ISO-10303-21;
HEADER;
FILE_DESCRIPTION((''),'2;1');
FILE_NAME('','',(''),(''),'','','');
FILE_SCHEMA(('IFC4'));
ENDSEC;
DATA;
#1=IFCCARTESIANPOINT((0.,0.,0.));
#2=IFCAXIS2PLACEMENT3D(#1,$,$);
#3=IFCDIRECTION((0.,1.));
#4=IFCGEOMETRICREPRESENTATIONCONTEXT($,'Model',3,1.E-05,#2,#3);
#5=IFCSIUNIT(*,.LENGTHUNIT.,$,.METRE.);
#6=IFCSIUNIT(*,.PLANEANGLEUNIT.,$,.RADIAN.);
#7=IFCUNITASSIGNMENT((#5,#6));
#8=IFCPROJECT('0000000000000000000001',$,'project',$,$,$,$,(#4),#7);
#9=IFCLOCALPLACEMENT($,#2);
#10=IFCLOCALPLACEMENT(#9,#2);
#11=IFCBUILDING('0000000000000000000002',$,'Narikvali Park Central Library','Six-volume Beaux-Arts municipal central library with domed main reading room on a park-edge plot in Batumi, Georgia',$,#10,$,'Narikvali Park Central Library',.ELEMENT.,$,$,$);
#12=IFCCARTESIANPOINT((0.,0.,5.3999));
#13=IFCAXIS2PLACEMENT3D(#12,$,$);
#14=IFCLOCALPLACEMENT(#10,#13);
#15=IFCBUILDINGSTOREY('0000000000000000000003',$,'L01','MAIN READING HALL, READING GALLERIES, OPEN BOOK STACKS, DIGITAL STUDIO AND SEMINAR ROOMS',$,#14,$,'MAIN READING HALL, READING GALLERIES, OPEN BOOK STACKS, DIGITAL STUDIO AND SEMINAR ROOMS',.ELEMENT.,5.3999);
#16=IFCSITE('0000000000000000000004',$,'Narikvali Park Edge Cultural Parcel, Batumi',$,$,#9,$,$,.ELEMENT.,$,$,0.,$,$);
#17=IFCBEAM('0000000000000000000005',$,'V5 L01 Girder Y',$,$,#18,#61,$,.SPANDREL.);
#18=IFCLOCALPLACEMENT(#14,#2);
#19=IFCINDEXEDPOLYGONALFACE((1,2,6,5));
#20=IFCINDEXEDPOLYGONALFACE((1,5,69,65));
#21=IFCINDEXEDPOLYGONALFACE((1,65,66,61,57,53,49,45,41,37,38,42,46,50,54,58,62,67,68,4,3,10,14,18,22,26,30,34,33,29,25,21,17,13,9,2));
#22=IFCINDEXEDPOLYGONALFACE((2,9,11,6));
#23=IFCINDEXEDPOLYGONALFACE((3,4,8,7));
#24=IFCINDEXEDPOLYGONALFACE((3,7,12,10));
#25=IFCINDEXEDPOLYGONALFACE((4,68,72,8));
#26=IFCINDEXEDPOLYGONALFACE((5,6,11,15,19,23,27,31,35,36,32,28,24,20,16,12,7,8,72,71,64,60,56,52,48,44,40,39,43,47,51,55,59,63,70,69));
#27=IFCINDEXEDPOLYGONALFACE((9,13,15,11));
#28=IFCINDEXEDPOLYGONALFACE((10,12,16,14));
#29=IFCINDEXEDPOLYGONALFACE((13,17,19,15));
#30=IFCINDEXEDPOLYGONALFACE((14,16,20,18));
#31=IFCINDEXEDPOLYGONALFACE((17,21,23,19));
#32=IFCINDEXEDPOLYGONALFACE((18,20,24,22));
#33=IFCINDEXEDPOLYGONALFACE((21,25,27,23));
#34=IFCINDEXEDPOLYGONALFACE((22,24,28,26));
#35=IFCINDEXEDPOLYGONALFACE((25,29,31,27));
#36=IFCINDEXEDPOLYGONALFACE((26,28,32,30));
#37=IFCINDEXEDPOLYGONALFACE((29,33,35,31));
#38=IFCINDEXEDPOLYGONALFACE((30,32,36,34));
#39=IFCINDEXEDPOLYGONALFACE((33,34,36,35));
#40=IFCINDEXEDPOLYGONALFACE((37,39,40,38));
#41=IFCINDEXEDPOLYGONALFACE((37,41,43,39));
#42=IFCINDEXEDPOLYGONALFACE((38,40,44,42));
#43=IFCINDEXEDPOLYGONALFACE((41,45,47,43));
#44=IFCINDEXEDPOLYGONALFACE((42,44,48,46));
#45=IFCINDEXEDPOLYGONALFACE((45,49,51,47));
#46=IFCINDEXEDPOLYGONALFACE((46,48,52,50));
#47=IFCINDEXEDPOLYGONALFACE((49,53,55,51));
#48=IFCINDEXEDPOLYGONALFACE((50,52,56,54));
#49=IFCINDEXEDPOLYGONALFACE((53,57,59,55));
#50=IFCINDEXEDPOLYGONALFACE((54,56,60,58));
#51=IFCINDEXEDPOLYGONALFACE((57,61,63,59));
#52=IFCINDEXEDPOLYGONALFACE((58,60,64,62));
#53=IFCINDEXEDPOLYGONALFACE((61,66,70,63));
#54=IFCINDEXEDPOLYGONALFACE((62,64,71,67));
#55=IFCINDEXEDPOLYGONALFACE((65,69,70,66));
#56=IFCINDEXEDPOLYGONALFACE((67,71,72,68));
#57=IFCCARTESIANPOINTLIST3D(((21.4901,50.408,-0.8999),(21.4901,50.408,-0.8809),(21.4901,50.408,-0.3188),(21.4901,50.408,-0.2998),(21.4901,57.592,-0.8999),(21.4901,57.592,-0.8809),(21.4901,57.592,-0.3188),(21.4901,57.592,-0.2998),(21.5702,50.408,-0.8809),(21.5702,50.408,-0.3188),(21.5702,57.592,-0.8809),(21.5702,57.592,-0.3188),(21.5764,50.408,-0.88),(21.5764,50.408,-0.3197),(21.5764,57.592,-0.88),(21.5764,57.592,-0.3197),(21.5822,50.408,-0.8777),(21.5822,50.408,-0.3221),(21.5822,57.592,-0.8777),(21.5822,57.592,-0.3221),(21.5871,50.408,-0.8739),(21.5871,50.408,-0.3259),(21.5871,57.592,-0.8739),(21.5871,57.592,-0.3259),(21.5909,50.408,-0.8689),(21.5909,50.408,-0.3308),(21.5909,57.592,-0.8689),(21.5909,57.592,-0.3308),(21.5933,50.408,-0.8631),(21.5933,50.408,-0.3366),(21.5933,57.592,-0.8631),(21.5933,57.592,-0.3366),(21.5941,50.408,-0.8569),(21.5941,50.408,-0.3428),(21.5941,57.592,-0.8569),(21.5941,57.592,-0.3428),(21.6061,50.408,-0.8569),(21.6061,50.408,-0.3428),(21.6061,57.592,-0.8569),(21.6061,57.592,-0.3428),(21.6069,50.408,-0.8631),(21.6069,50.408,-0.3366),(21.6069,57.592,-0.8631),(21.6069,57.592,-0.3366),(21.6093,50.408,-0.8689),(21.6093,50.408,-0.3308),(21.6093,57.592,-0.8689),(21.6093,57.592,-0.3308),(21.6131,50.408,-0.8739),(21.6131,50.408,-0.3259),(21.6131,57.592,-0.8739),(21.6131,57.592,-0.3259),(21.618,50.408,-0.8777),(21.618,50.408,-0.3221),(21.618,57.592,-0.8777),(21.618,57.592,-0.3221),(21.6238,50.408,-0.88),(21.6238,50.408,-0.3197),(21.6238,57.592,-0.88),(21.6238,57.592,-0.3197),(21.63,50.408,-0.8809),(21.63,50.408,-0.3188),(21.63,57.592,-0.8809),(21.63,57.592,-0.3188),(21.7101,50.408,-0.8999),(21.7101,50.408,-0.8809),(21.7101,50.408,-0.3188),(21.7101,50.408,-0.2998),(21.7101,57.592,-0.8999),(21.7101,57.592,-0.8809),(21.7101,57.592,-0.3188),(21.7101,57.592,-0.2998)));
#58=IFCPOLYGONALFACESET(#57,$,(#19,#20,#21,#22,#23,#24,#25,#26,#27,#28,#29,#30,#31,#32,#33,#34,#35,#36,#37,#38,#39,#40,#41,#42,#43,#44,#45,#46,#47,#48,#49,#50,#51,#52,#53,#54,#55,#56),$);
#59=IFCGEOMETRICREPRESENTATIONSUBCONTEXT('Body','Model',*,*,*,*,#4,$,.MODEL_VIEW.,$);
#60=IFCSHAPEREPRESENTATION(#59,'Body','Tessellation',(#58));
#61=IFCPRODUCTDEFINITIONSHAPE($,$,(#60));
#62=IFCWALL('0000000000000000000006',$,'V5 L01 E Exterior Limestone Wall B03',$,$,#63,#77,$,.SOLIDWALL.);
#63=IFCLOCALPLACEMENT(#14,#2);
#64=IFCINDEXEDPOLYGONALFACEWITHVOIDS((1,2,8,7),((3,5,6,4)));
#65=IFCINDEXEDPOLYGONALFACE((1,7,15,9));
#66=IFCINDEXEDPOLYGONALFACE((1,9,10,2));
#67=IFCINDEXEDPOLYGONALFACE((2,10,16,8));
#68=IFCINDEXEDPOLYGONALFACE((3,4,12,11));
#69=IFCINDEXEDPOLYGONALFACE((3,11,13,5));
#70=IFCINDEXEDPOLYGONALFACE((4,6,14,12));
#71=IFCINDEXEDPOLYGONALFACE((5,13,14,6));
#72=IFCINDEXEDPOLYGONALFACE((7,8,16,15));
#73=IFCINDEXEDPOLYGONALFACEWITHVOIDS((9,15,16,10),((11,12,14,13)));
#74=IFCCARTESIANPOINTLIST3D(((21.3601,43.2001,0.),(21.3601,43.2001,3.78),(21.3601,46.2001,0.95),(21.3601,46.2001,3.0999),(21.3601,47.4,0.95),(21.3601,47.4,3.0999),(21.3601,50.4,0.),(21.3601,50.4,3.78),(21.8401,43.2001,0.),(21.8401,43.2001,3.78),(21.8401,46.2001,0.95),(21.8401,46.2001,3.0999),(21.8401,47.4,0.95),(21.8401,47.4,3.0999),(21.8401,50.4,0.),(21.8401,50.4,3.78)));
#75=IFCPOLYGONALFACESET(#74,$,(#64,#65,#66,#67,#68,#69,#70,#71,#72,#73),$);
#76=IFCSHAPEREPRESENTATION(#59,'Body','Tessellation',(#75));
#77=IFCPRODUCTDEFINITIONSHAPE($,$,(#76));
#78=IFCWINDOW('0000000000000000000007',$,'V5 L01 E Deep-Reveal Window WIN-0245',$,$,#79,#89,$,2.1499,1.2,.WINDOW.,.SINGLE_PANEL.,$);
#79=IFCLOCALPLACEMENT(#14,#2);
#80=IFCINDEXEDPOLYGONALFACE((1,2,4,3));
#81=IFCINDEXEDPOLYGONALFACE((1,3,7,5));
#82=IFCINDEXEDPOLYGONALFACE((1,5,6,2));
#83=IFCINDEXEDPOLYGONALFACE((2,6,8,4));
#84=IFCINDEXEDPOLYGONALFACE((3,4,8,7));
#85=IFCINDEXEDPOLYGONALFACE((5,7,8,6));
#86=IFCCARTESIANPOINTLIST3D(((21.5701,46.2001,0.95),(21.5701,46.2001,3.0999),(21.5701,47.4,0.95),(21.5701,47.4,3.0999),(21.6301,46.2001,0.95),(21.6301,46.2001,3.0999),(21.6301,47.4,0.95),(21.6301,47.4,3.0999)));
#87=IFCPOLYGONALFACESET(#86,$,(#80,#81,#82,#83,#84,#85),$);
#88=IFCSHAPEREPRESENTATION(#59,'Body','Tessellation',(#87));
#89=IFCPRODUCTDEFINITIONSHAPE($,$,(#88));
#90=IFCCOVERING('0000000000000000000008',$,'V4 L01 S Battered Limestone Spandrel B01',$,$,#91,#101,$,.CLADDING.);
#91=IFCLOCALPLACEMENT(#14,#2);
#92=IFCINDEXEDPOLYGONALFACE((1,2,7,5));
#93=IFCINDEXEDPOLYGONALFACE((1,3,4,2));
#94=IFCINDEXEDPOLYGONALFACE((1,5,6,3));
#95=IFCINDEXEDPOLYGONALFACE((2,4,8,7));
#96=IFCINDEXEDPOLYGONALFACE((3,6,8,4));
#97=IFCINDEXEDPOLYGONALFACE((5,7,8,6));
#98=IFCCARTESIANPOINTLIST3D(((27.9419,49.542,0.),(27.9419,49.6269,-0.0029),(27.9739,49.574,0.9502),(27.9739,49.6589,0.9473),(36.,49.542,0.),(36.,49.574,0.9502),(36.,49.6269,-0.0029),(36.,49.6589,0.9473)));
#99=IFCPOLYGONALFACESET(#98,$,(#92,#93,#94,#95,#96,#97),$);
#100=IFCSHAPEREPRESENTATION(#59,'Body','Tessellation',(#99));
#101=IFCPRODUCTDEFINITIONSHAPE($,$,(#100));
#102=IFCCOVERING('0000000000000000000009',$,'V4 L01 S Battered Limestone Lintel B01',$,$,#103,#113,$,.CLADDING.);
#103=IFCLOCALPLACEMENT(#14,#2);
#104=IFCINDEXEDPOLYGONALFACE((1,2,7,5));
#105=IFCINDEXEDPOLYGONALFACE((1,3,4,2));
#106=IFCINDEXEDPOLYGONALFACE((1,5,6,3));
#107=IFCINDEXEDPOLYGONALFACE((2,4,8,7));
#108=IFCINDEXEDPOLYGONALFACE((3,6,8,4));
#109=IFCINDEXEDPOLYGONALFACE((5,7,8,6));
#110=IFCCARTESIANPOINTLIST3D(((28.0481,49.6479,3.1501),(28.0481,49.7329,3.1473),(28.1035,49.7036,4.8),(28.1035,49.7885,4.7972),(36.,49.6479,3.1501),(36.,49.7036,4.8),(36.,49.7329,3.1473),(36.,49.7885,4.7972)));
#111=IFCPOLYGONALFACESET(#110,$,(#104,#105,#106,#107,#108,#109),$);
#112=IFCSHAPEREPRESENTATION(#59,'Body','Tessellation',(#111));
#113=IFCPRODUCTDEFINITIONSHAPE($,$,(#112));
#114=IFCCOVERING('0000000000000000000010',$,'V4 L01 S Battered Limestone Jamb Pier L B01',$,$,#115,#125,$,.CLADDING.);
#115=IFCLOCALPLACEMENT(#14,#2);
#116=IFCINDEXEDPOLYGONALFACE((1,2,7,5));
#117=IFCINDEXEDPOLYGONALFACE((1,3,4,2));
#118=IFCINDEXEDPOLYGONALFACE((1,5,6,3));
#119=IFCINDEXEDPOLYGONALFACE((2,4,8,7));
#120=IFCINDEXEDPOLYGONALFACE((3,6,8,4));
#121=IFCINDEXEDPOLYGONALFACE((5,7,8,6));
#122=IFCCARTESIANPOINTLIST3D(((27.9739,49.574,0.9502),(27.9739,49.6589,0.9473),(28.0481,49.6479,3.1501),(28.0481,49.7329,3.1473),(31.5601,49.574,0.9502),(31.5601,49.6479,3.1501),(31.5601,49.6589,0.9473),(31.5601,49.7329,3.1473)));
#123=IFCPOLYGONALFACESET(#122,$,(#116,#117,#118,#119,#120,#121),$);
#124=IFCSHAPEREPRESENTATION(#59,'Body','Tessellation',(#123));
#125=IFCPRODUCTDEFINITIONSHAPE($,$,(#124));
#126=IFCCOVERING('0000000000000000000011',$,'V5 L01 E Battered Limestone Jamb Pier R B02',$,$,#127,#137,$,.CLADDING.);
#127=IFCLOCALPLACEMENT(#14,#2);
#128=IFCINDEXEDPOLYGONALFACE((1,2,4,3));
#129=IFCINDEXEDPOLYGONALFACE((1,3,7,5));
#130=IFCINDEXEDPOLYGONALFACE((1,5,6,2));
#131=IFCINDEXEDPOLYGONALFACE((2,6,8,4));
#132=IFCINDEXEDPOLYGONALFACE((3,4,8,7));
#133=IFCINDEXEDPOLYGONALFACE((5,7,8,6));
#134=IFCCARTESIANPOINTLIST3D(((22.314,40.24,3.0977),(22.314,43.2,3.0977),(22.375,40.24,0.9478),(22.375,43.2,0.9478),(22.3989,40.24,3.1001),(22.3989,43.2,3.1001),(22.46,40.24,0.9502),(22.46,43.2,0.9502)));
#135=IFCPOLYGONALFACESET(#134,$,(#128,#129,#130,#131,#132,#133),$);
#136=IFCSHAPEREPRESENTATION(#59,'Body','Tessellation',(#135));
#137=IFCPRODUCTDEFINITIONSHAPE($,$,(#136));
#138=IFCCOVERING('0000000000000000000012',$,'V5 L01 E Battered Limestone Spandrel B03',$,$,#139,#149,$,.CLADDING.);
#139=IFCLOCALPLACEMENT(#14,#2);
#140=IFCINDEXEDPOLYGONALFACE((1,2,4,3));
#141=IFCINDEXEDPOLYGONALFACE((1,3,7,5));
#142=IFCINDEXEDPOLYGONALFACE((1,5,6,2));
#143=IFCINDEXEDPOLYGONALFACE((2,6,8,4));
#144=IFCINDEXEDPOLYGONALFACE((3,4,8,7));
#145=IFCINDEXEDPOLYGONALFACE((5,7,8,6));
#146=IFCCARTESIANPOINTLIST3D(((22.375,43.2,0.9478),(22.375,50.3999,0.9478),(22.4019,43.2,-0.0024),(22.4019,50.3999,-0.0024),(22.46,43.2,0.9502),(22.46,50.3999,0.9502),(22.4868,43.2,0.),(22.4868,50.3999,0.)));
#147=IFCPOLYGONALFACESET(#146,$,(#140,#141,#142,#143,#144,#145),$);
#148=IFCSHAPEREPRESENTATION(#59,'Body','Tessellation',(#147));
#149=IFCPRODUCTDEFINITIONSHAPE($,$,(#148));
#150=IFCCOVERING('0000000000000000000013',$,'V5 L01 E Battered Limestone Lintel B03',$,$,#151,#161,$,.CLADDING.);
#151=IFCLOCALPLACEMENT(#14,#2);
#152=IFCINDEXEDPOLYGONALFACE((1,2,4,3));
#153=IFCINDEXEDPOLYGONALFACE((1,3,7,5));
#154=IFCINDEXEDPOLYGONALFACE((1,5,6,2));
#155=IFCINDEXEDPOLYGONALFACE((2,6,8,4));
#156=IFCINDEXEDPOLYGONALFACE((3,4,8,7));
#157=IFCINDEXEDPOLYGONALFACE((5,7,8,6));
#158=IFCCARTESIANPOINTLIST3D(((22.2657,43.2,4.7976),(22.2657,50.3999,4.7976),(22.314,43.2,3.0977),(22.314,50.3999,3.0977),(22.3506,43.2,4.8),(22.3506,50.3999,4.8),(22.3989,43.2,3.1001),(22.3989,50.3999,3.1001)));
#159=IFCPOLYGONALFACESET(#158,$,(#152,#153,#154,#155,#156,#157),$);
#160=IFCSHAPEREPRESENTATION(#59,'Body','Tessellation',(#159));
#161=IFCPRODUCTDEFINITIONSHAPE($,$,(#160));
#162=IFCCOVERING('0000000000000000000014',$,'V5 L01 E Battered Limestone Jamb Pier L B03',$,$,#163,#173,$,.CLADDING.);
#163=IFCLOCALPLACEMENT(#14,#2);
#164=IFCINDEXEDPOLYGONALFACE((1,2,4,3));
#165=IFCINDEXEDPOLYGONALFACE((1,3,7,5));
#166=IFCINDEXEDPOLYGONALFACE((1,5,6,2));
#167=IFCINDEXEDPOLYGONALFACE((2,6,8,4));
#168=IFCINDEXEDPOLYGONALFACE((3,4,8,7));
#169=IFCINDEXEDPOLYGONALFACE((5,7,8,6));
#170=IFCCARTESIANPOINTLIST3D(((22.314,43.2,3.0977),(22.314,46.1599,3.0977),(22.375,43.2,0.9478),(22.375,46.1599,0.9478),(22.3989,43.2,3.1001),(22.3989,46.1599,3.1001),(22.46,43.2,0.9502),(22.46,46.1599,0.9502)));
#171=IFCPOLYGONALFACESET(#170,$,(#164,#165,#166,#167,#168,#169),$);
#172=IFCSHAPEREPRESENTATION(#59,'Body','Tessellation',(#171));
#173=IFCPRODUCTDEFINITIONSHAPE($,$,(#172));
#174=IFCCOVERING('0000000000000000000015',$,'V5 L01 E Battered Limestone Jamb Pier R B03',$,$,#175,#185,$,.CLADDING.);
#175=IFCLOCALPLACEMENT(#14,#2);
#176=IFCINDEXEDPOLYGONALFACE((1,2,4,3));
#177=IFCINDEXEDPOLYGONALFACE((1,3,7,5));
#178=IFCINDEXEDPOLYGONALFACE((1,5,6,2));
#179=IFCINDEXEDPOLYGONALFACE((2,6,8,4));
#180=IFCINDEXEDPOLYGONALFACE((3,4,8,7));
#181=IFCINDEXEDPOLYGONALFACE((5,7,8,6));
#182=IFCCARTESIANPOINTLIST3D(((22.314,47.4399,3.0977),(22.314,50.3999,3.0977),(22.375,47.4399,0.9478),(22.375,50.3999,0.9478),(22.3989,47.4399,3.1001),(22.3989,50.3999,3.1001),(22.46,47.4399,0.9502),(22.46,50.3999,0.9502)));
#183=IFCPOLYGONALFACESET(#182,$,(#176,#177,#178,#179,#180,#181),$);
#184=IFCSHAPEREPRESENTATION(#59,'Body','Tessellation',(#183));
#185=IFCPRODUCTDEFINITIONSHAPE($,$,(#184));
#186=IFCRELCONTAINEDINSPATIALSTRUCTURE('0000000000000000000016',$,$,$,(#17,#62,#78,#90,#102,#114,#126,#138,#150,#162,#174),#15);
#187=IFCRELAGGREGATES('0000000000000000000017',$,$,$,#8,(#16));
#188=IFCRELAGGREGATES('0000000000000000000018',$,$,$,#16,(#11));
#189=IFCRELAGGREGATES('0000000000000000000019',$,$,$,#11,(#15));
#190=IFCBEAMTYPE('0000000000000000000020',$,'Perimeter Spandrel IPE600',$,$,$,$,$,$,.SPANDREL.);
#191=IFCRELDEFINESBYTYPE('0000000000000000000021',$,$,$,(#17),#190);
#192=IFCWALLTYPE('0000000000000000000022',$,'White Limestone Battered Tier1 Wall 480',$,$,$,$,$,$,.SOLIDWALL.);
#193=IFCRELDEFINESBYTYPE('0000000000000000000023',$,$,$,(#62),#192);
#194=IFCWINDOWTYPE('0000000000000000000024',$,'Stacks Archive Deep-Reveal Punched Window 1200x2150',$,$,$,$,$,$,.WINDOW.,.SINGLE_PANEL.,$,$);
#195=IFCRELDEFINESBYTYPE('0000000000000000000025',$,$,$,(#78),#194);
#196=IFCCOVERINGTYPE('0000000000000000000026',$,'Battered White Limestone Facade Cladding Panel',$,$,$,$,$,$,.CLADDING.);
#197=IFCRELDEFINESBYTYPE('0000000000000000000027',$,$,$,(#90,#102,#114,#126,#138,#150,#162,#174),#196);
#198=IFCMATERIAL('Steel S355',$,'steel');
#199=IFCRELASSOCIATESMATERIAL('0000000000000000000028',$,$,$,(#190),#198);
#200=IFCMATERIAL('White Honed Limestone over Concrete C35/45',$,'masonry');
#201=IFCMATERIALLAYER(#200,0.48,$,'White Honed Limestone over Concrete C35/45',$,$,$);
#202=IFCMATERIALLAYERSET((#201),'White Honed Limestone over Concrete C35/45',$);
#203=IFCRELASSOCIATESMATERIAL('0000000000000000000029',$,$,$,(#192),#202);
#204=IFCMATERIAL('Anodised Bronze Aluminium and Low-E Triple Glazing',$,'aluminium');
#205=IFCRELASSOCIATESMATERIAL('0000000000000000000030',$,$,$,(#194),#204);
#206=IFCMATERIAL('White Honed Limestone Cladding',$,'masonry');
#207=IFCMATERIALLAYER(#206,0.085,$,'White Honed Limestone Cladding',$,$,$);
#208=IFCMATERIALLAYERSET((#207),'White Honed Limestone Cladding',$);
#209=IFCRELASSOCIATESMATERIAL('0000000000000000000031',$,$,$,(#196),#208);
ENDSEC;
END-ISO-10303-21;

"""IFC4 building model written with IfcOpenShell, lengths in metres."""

from ifc_helpers import new_model, si_unit, direction, frame, frame_2d, origin, origin_2d, place, context, subcontext, project, spatial, polyline, rectangle, i_section, outline, extrude, material, layer, layer_set, material_profile, profile_set, type_object, element, fill, save


model = new_model("IFC4")

# Units and contexts
model_context = context("Model", 3, precision=1e-05, world=origin(), true_north=direction((0.0, 1.0)))
body_context = subcontext(model_context, "Body", "Model", "MODEL_VIEW")
ifc_project = project(units=[si_unit("LENGTHUNIT", "METRE"), si_unit("PLANEANGLEUNIT", "RADIAN")], contexts=[model_context])

# Site, building, storey
site_placement = place(None, origin())
site = spatial("IfcSite", under=ifc_project, at=site_placement, Name="Narikvali Park Edge Cultural Parcel, Batumi", CompositionType="ELEMENT", RefElevation=0.0)
building_placement = place(site_placement, origin())
building = spatial("IfcBuilding", under=site, at=building_placement, Name="Narikvali Park Central Library", Description="Six-volume Beaux-Arts municipal central library with domed main reading room on a park-edge plot in Batumi, Georgia", LongName="Narikvali Park Central Library", CompositionType="ELEMENT")
storey_placement = place(building_placement, frame((0.0, 0.0, 5.3999)))
storey = spatial("IfcBuildingStorey", under=building, at=storey_placement, Name="L01", Description="MAIN READING HALL, READING GALLERIES, OPEN BOOK STACKS, DIGITAL STUDIO AND SEMINAR ROOMS", LongName="MAIN READING HALL, READING GALLERIES, OPEN BOOK STACKS, DIGITAL STUDIO AND SEMINAR ROOMS", CompositionType="ELEMENT", Elevation=5.3999)

# Shared definitions
ifc_material_1 = material(Name="Steel S355", Category="steel")

# Beam
ifc_material_profile_1 = material_profile(ifc_material_1, i_section(OverallWidth=0.22, OverallDepth=0.6001, WebThickness=0.012, FlangeThickness=0.019, FilletRadius=0.0239, at=origin_2d()), Name="IPE 600")
ifc_profile_set_1 = profile_set([ifc_material_profile_1], Name="Steel S355")
beam_type_1 = type_object("IfcBeamType", Name="Perimeter Spandrel IPE600", PredefinedType="SPANDREL", material=ifc_profile_set_1)
for number, where, z_axis, x_axis, name in (
    (1, (21.6001, 50.408, -0.5999), (0.0, 1.0, 0.0), (-1.0, 0.0, 0.0), "V5 L01 Girder Y"),
):
    element("IfcBeam", number, at=place(storey_placement, frame(where, z_axis=z_axis, x_axis=x_axis)), inside=storey, type_object=beam_type_1, Name=name, PredefinedType="SPANDREL", context=body_context, shape_type="SweptSolid", body=[
        extrude(i_section(OverallWidth=0.22, OverallDepth=0.6001, WebThickness=0.012, FlangeThickness=0.019, FilletRadius=0.0239, at=origin_2d()), origin(), (0.0, 0.0, 1.0), 7.1841),
    ])

# Wall, opening, window
ifc_material_2 = material(Name="White Honed Limestone over Concrete C35/45", Category="masonry")
ifc_layer_1 = layer(ifc_material_2, 0.48, Name="White Honed Limestone over Concrete C35/45")
ifc_layer_set_1 = layer_set([ifc_layer_1], Name="White Honed Limestone over Concrete C35/45")
wall_type = type_object("IfcWallType", Name="White Limestone Battered Tier1 Wall 480", PredefinedType="SOLIDWALL", material=ifc_layer_set_1)
wall_placement = place(storey_placement, frame((21.6001, 43.2, 0.0), z_axis=(0.0, 0.0, 1.0), x_axis=(0.0, 1.0, 0.0)))
wall = element("IfcWall", 2, at=wall_placement, inside=storey, type_object=wall_type, Name="V5 L01 E Exterior Limestone Wall B03", PredefinedType="SOLIDWALL", context=body_context, shape_type="SweptSolid", body=[
    extrude(rectangle(XDim=7.2, YDim=0.48, at=frame_2d((3.6001, 0.0))), origin(), (0.0, 0.0, 1.0), 3.78),
])
opening_placement = place(wall_placement, frame((3.0, 0.0, 0.95)))
opening = element("IfcOpeningElement", 3, at=opening_placement, cuts=wall, PredefinedType="OPENING", context=body_context, shape_type="SweptSolid", body=[
    extrude(rectangle(XDim=1.2, YDim=2.1499, at=frame_2d((0.6001, 1.075))), frame((0.0, 0.252, 0.0), z_axis=(0.0, -1.0, 0.0), x_axis=(1.0, 0.0, 0.0)), (0.0, 0.0, 1.0), 0.5039),
])
ifc_material_3 = material(Name="Anodised Bronze Aluminium and Low-E Triple Glazing", Category="aluminium")
window_type = type_object("IfcWindowType", Name="Stacks Archive Deep-Reveal Punched Window 1200x2150", PartitioningType="SINGLE_PANEL", PredefinedType="WINDOW", material=ifc_material_3)
window_placement = place(opening_placement, origin())
window = element("IfcWindow", 4, at=window_placement, inside=storey, type_object=window_type, Name="V5 L01 E Deep-Reveal Window WIN-0245", OverallHeight=2.1499, OverallWidth=1.2, PartitioningType="SINGLE_PANEL", PredefinedType="WINDOW", context=body_context, shape_type="SweptSolid", body=[
    extrude(rectangle(XDim=1.2, YDim=2.1499, at=frame_2d((0.6001, 1.075))), frame((0.0, 0.03, 0.0), z_axis=(0.0, -1.0, 0.0), x_axis=(1.0, 0.0, 0.0)), (0.0, 0.0, 1.0), 0.0601),
])
fill(opening, window)

# Coverings
ifc_material_4 = material(Name="White Honed Limestone Cladding", Category="masonry")
ifc_layer_2 = layer(ifc_material_4, 0.085, Name="White Honed Limestone Cladding")
ifc_layer_set_2 = layer_set([ifc_layer_2], Name="White Honed Limestone Cladding")
covering_type = type_object("IfcCoveringType", Name="Battered White Limestone Facade Cladding Panel", PredefinedType="CLADDING", material=ifc_layer_set_2)
covering_1_placement = place(storey_placement, frame((27.9419, 49.542, 0.0), z_axis=(0.0, -0.999434, 0.03364), x_axis=(1.0, 0.0, 0.0)))
element("IfcCovering", 5, at=covering_1_placement, inside=storey, type_object=covering_type, Name="V4 L01 S Battered Limestone Spandrel B01", PredefinedType="CLADDING", context=body_context, shape_type="SweptSolid", body=[
    extrude(outline(polyline([(0.0, 0.0), (8.0581, 0.0), (8.0581, 0.9507), (0.032, 0.9507), (0.0, 0.0)])), origin(), (0.0, 0.0, -1.0), 0.085),
])
covering_2_placement = place(storey_placement, frame((28.0481, 49.6479, 3.1501), z_axis=(0.0, -0.999431, 0.033719), x_axis=(1.0, 0.0, 0.0)))
element("IfcCovering", 6, at=covering_2_placement, inside=storey, type_object=covering_type, Name="V4 L01 S Battered Limestone Lintel B01", PredefinedType="CLADDING", context=body_context, shape_type="SweptSolid", body=[
    extrude(outline(polyline([(0.0, 0.0), (7.9519, 0.0), (7.9519, 1.6508), (0.0554, 1.6508), (0.0, 0.0)])), origin(), (0.0, 0.0, -1.0), 0.085),
])
covering_3_placement = place(storey_placement, frame((27.9739, 49.574, 0.9502), z_axis=(0.0, -0.999435, 0.033607), x_axis=(1.0, 0.0, 0.0)))
element("IfcCovering", 7, at=covering_3_placement, inside=storey, type_object=covering_type, Name="V4 L01 S Battered Limestone Jamb Pier L B01", PredefinedType="CLADDING", context=body_context, shape_type="SweptSolid", body=[
    extrude(outline(polyline([(0.0, 0.0), (3.5862, 0.0), (3.5862, 2.2012), (0.0742, 2.2012), (0.0, 0.0)])), origin(), (0.0, 0.0, -1.0), 0.085),
])
covering_4_placement = place(storey_placement, frame((22.46, 40.24, 0.9502), z_axis=(0.999597, 0.0, 0.028378), x_axis=(0.0, 1.0, 0.0)))
element("IfcCovering", 8, at=covering_4_placement, inside=storey, type_object=covering_type, Name="V5 L01 E Battered Limestone Jamb Pier R B02", PredefinedType="CLADDING", context=body_context, shape_type="SweptSolid", body=[
    extrude(outline(polyline([(0.0, 0.0), (2.96, 0.0), (2.96, 2.1508), (0.0, 2.1508), (0.0, 0.0)])), origin(), (0.0, 0.0, -1.0), 0.085),
])
covering_5_placement = place(storey_placement, frame((22.4868, 43.2, 0.0), z_axis=(0.999601, 0.0, 0.028252), x_axis=(0.0, 1.0, 0.0)))
element("IfcCovering", 9, at=covering_5_placement, inside=storey, type_object=covering_type, Name="V5 L01 E Battered Limestone Spandrel B03", PredefinedType="CLADDING", context=body_context, shape_type="SweptSolid", body=[
    extrude(outline(polyline([(0.0, 0.0), (7.2, 0.0), (7.2, 0.9506), (0.0, 0.9506), (0.0, 0.0)])), origin(), (0.0, 0.0, -1.0), 0.085),
])
covering_6_placement = place(storey_placement, frame((22.3989, 43.2, 3.1001), z_axis=(0.999596, 0.0, 0.028425), x_axis=(0.0, 1.0, 0.0)))
element("IfcCovering", 10, at=covering_6_placement, inside=storey, type_object=covering_type, Name="V5 L01 E Battered Limestone Lintel B03", PredefinedType="CLADDING", context=body_context, shape_type="SweptSolid", body=[
    extrude(outline(polyline([(0.0, 0.0), (7.2, 0.0), (7.2, 1.7006), (0.0, 1.7006), (0.0, 0.0)])), origin(), (0.0, 0.0, -1.0), 0.085),
])
for number, where, z_axis, x_axis, name in (
    (11, (22.46, 43.2, 0.9502), (0.999597, 0.0, 0.028378), (0.0, 1.0, 0.0), "V5 L01 E Battered Limestone Jamb Pier L B03"),
    (12, (22.46, 47.4399, 0.9502), (0.999597, 0.0, 0.028378), (0.0, 1.0, 0.0), "V5 L01 E Battered Limestone Jamb Pier R B03"),
):
    element("IfcCovering", number, at=place(storey_placement, frame(where, z_axis=z_axis, x_axis=x_axis)), inside=storey, type_object=covering_type, Name=name, PredefinedType="CLADDING", context=body_context, shape_type="SweptSolid", body=[
        extrude(outline(polyline([(0.0, 0.0), (2.96, 0.0), (2.96, 2.1508), (0.0, 2.1508), (0.0, 0.0)])), origin(), (0.0, 0.0, -1.0), 0.085),
    ])

save(model, "model.ifc")
